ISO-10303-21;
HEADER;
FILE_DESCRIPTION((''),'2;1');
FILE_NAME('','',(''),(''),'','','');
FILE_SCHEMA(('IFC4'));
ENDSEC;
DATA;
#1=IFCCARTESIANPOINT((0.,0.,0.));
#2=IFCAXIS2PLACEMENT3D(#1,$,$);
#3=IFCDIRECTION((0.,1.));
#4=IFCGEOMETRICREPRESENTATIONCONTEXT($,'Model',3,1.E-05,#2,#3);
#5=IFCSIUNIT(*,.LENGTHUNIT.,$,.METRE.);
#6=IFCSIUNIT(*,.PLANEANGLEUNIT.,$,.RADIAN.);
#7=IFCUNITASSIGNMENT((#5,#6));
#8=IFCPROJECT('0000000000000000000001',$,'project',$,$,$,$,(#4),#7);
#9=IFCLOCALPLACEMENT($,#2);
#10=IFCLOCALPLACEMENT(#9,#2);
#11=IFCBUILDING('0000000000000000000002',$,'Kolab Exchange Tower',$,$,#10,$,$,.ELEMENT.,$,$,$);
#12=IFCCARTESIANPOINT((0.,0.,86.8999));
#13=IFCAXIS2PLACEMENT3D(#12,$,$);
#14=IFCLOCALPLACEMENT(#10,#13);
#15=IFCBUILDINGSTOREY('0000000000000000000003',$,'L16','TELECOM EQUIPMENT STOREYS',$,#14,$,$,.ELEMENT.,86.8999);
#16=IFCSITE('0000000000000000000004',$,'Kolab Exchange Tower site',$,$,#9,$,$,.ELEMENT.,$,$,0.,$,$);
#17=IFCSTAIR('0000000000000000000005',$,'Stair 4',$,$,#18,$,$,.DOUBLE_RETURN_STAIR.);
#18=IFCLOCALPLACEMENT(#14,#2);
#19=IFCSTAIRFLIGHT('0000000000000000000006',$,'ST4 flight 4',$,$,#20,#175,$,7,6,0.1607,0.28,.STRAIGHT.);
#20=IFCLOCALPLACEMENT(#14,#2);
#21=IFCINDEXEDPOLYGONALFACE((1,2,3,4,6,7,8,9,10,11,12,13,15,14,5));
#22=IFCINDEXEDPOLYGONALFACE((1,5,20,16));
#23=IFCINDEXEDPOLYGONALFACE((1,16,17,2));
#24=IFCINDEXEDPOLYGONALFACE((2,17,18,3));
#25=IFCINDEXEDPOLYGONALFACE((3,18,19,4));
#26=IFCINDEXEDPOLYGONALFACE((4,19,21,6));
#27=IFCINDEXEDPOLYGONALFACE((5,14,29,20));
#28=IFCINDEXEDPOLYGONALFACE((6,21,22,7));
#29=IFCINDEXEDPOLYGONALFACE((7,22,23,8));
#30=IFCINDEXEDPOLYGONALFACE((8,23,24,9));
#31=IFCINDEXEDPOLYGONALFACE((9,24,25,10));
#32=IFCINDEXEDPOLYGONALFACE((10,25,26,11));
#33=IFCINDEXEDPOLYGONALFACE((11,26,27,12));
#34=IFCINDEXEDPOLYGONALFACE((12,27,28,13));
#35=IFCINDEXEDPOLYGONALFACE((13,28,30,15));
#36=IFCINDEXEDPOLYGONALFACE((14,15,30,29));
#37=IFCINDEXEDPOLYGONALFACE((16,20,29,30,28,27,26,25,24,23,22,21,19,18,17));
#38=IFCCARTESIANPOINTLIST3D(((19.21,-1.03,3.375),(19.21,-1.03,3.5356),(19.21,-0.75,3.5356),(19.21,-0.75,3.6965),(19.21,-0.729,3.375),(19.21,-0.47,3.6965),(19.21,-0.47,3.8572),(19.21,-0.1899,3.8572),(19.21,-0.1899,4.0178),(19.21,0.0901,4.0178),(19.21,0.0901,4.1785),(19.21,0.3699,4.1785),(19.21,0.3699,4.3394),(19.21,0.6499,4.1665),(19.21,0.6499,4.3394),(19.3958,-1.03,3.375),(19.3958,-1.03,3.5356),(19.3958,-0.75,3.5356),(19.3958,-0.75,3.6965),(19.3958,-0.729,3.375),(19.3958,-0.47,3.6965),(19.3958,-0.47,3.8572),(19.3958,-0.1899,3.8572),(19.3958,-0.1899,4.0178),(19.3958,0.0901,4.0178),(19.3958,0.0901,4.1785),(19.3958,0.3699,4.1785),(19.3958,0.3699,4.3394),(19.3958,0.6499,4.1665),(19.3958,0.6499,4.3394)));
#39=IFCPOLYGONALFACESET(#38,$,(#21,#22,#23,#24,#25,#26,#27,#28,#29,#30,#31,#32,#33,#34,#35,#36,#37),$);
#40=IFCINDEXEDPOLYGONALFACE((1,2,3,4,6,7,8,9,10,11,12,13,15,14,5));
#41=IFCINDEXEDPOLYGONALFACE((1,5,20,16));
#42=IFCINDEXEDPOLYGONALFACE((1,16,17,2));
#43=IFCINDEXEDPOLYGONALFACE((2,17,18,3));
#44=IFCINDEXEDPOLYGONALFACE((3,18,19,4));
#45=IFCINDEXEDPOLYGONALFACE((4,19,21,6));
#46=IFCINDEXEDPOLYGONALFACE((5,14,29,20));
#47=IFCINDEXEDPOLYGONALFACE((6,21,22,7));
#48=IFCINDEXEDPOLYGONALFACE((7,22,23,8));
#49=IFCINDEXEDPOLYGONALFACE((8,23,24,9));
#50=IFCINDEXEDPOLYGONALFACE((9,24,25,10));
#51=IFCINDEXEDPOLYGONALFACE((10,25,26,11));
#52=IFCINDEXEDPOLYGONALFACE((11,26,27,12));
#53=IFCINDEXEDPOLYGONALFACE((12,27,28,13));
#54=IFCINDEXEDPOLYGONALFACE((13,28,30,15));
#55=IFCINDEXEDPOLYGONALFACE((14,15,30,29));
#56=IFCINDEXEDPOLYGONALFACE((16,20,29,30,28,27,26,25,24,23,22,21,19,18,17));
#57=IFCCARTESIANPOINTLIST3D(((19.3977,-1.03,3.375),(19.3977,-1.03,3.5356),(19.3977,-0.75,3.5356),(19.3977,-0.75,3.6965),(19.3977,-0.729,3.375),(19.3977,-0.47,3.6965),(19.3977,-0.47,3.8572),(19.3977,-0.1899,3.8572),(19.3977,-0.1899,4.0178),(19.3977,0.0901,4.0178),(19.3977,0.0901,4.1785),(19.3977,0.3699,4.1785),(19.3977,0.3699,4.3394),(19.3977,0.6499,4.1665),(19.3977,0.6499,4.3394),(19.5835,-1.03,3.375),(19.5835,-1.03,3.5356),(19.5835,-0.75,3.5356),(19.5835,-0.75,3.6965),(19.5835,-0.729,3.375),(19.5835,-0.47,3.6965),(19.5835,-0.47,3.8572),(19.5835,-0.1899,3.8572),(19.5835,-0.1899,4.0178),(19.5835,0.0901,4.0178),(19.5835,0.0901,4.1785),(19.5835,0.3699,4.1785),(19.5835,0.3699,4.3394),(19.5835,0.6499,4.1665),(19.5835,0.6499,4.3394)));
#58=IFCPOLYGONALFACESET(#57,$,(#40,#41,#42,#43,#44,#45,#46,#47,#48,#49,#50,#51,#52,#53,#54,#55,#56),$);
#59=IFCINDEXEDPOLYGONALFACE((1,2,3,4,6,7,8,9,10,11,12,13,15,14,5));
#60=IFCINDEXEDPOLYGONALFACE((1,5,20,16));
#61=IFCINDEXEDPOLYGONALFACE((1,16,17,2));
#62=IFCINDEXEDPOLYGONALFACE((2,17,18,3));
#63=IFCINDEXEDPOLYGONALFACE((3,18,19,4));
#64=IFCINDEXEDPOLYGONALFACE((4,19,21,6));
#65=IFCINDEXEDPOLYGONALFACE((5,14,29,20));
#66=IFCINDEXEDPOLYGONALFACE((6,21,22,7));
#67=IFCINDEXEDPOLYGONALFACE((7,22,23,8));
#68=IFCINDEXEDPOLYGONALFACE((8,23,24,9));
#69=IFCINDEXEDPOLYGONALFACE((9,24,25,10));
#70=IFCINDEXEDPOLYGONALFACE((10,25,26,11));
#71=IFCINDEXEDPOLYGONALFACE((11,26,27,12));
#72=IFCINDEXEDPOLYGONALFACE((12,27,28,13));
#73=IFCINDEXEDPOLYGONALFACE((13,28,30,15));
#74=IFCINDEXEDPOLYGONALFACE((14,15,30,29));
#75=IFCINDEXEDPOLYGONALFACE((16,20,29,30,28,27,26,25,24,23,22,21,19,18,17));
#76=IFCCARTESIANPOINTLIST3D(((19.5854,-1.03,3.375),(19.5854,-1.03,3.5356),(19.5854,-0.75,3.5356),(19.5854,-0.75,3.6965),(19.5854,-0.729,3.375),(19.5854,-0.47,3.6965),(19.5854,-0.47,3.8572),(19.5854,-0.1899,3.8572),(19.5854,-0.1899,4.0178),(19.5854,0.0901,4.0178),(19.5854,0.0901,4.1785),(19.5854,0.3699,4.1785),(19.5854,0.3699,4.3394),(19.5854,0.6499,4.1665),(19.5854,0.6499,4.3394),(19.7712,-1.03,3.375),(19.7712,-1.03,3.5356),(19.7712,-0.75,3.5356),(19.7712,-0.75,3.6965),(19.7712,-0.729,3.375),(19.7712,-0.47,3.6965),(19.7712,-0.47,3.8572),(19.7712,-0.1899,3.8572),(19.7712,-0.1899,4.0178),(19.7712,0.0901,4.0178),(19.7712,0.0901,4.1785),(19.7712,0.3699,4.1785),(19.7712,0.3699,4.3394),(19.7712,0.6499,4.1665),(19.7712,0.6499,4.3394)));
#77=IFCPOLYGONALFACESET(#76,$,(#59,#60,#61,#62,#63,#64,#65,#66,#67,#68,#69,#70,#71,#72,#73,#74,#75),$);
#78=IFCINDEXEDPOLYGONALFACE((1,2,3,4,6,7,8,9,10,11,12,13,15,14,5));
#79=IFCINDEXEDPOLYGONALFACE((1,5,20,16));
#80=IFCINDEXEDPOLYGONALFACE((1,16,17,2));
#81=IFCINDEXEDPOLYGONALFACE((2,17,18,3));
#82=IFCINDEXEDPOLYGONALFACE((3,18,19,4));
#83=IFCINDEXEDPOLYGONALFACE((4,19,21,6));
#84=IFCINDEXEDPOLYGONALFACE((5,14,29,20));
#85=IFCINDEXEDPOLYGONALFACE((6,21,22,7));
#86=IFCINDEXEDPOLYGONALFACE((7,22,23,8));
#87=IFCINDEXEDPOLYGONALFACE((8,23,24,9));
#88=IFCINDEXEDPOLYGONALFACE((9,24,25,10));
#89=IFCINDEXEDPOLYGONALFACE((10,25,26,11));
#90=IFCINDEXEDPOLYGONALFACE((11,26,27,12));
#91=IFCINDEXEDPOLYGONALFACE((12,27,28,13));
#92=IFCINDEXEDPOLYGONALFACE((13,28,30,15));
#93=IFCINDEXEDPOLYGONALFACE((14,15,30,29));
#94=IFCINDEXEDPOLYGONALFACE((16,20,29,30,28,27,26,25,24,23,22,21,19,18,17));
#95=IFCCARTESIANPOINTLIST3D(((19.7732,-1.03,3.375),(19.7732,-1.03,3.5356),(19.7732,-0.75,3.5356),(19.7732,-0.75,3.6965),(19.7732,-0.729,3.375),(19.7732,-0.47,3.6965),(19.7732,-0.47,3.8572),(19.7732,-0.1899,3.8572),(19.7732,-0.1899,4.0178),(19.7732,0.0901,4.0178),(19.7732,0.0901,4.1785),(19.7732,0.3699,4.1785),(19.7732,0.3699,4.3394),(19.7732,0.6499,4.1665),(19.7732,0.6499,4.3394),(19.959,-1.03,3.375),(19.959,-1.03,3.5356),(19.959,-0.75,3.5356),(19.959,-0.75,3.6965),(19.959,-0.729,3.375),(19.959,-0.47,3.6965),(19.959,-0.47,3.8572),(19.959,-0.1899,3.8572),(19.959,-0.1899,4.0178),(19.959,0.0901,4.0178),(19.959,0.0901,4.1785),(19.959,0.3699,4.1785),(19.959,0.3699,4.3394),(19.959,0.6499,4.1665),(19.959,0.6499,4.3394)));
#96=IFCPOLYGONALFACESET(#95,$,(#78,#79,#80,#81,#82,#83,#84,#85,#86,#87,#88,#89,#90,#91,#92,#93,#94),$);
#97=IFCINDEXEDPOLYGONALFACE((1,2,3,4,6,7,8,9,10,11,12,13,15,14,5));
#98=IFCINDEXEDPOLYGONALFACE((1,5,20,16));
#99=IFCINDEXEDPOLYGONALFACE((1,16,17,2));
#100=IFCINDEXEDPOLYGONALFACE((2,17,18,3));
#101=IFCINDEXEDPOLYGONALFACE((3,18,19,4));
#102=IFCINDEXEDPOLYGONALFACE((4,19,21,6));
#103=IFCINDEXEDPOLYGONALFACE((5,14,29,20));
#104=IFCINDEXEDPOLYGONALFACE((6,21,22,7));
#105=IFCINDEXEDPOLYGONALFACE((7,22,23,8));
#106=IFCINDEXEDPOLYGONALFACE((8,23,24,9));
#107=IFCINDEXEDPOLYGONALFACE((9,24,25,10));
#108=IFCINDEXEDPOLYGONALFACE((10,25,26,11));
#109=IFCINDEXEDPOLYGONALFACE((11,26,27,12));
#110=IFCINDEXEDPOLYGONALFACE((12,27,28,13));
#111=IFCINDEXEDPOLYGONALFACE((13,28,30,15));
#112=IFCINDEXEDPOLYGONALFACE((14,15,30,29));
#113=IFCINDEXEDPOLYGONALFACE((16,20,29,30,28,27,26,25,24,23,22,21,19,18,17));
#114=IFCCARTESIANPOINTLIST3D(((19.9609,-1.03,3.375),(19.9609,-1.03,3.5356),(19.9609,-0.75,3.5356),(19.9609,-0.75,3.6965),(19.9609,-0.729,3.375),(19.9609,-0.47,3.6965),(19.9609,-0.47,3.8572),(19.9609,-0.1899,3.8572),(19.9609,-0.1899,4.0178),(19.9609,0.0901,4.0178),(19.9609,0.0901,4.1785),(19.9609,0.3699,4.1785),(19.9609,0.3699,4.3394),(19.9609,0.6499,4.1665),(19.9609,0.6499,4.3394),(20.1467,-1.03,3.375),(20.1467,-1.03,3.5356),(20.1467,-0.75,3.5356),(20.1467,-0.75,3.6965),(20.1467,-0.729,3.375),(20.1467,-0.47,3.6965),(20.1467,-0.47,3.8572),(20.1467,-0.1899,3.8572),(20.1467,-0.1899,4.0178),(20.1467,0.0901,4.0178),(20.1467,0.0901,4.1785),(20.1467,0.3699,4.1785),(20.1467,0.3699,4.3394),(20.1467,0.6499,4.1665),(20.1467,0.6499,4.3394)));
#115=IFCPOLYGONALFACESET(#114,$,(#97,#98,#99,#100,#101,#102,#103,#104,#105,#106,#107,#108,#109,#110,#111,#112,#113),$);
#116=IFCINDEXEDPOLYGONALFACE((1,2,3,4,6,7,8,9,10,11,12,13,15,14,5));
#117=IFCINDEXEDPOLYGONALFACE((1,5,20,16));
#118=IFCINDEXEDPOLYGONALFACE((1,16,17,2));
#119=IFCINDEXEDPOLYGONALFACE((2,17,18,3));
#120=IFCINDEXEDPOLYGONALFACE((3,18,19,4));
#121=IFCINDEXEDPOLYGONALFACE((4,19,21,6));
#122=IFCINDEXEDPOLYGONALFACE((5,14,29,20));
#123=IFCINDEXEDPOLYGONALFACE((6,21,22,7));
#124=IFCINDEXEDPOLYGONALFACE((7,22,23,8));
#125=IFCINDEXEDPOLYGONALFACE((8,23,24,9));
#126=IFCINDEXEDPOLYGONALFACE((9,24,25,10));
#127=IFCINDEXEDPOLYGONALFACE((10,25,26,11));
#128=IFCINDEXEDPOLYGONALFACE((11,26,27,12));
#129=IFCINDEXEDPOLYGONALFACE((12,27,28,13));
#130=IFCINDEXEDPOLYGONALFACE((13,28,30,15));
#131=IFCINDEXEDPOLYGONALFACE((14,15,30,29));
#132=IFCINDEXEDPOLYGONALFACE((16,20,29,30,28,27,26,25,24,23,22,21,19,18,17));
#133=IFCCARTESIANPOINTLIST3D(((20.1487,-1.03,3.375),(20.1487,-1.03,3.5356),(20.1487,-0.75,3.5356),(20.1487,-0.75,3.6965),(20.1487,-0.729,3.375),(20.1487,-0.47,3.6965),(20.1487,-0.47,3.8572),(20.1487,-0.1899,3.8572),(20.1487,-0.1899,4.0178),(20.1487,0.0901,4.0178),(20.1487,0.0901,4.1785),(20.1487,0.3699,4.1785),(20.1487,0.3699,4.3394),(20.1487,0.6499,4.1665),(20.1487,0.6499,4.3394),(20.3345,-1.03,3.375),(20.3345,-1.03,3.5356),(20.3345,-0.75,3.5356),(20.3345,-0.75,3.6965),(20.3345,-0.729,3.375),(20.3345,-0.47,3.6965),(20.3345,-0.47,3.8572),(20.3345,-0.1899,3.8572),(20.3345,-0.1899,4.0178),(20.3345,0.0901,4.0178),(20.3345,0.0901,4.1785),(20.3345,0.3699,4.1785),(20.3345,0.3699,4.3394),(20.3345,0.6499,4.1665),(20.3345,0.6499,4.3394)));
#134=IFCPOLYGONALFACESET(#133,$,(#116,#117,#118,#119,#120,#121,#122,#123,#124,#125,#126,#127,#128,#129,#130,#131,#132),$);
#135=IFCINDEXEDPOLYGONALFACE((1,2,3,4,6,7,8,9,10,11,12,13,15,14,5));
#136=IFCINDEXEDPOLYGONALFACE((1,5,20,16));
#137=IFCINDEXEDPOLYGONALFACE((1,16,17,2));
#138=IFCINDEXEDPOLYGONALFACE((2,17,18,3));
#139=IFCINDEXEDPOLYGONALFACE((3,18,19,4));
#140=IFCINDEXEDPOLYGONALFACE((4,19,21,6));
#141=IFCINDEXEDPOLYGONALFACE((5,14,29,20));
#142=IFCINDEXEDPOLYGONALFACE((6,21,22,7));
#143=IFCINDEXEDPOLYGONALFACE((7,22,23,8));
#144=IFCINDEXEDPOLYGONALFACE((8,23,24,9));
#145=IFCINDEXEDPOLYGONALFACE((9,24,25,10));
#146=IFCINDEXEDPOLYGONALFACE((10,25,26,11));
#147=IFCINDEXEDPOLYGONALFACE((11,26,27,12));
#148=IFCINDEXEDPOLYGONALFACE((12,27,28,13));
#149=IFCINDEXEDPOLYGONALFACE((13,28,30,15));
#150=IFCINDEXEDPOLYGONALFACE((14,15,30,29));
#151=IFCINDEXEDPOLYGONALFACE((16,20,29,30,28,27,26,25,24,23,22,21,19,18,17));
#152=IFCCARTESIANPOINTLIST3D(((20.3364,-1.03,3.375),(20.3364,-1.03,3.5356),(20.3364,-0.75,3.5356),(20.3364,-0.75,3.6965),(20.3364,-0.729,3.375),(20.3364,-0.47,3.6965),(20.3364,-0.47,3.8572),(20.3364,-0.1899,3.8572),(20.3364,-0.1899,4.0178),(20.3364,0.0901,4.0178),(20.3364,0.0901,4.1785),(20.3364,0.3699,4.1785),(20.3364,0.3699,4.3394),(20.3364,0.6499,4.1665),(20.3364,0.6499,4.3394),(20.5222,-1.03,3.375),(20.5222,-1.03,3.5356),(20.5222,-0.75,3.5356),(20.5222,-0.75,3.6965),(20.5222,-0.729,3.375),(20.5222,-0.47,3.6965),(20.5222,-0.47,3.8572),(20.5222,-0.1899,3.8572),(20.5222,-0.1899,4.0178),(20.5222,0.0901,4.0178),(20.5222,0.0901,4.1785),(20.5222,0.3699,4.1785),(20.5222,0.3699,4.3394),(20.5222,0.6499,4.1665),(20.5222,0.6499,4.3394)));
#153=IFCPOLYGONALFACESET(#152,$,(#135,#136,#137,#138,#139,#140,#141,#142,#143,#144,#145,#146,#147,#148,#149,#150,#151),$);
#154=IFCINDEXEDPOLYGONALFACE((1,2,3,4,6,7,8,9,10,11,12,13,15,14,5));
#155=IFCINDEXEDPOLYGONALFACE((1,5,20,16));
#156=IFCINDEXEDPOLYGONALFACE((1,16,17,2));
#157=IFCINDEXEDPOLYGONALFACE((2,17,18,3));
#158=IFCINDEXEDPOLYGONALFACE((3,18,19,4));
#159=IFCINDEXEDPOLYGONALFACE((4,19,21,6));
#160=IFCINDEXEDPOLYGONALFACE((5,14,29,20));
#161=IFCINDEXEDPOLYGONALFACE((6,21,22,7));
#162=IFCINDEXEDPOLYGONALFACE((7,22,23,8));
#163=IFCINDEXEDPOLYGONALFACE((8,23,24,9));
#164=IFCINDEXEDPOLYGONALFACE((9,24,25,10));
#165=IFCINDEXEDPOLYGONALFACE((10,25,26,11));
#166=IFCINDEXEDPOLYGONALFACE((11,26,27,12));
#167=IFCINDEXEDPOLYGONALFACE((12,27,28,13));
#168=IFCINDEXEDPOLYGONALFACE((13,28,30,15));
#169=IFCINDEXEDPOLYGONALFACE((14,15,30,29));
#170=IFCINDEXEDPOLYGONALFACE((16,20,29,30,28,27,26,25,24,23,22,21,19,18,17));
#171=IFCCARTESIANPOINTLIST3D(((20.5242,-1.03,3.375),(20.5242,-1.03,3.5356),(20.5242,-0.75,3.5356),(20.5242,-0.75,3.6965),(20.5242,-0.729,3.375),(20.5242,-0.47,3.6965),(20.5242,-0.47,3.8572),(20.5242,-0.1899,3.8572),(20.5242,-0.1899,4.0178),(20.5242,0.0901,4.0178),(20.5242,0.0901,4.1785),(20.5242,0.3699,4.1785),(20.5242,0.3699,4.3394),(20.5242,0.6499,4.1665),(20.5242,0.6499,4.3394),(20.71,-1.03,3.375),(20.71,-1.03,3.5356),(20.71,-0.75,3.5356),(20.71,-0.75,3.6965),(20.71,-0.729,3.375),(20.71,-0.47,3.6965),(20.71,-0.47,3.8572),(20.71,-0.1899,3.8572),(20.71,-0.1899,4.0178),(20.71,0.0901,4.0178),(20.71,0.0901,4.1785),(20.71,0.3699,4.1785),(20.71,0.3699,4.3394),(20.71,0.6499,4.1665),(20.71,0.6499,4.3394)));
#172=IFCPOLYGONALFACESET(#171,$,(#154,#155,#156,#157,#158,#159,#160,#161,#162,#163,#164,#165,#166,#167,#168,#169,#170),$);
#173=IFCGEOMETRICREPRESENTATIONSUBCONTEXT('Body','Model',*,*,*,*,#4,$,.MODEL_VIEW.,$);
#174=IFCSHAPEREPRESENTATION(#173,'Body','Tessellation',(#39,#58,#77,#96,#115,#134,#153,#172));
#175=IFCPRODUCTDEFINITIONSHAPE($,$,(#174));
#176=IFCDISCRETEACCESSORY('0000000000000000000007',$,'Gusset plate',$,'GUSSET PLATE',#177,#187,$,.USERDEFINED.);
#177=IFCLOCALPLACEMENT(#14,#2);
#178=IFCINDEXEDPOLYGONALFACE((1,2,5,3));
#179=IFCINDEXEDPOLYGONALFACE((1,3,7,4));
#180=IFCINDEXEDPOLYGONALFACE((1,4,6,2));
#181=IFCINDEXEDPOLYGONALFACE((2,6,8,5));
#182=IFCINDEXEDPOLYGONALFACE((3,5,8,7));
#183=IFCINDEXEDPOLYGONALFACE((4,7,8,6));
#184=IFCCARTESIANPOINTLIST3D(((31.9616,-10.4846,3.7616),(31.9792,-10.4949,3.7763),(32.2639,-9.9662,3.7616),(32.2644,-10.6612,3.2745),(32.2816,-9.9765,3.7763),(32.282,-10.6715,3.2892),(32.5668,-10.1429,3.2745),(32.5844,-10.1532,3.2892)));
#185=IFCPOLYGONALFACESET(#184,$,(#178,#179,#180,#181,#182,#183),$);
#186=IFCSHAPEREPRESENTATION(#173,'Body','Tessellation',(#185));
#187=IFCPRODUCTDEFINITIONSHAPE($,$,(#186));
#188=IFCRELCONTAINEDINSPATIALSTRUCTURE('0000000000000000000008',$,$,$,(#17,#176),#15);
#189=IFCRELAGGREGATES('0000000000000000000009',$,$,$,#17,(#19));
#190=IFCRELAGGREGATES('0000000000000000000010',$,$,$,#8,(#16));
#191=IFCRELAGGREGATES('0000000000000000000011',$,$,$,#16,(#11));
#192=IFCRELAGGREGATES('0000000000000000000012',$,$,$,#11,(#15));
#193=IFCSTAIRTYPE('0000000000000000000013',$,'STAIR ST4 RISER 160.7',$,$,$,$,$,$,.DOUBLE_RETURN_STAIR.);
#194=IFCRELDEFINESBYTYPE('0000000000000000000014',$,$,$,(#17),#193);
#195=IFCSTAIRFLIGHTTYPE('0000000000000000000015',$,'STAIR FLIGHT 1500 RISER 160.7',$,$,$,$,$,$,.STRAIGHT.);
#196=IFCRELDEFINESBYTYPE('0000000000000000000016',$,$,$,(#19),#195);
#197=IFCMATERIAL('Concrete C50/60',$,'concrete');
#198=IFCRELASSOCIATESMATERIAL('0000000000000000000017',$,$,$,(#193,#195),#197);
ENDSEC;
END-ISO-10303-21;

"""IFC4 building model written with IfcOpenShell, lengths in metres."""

from ifc_helpers import new_model, si_unit, direction, frame, origin, origin_2d, place, context, subcontext, project, spatial, polyline, rectangle, outline, extrude, material, type_object, element, aggregate, save


model = new_model("IFC4")

# Units and contexts
model_context = context("Model", 3, precision=1e-05, world=origin(), true_north=direction((0.0, 1.0)))
body_context = subcontext(model_context, "Body", "Model", "MODEL_VIEW")
ifc_project = project(units=[si_unit("LENGTHUNIT", "METRE"), si_unit("PLANEANGLEUNIT", "RADIAN")], contexts=[model_context])

# Site, building, storey
site_placement = place(None, origin())
site = spatial("IfcSite", under=ifc_project, at=site_placement, Name="Kolab Exchange Tower site", CompositionType="ELEMENT", RefElevation=0.0)
building_placement = place(site_placement, origin())
building = spatial("IfcBuilding", under=site, at=building_placement, Name="Kolab Exchange Tower", CompositionType="ELEMENT")
storey_placement = place(building_placement, frame((0.0, 0.0, 86.8999)))
storey = spatial("IfcBuildingStorey", under=building, at=storey_placement, Name="L16", Description="TELECOM EQUIPMENT STOREYS", CompositionType="ELEMENT", Elevation=86.8999)

# Shared definitions
ifc_material_1 = material(Name="Concrete C50/60", Category="concrete")

# Stair, stair flight
stair_type = type_object("IfcStairType", Name="STAIR ST4 RISER 160.7", PredefinedType="DOUBLE_RETURN_STAIR", material=ifc_material_1)
stair_placement = place(storey_placement, origin())
stair = element("IfcStair", 1, at=stair_placement, inside=storey, type_object=stair_type, Name="Stair 4", PredefinedType="DOUBLE_RETURN_STAIR")
stair_flight_type = type_object("IfcStairFlightType", Name="STAIR FLIGHT 1500 RISER 160.7", PredefinedType="STRAIGHT", material=ifc_material_1)
stair_flight_1_placement = place(storey_placement, frame((19.96, -1.03, 3.375), z_axis=(0.0, 0.0, 1.0), x_axis=(0.0, 1.0, 0.0)))
stair_flight_1 = element("IfcStairFlight", 2, at=stair_flight_1_placement, type_object=stair_flight_type, Name="ST4 flight 4", NumberOfRisers=7, NumberOfTreads=6, PredefinedType="STRAIGHT", RiserHeight=0.1607, TreadLength=0.28, context=body_context, shape_type="SweptSolid", body=[
    extrude(outline(polyline([(0.0, 0.0), (0.0, 0.1606), (0.28, 0.1606), (0.28, 0.3215), (0.5601, 0.3215), (0.5601, 0.4822), (0.8401, 0.4822), (0.8401, 0.6428), (1.1201, 0.6428), (1.1201, 0.8035), (1.3999, 0.8035), (1.3999, 0.9644), (1.6799, 0.9644), (1.6799, 1.125), (1.6799, 0.7915), (0.301, 0.0), (0.0, 0.0)])), frame((0.0, 0.75, 0.0), z_axis=(0.0, -1.0, 0.0), x_axis=(1.0, 0.0, 0.0)), (0.0, 0.0, 1.0), 0.1858),
    extrude(outline(polyline([(0.0, 0.0), (0.0, 0.1606), (0.28, 0.1606), (0.28, 0.3215), (0.5601, 0.3215), (0.5601, 0.4822), (0.8401, 0.4822), (0.8401, 0.6428), (1.1201, 0.6428), (1.1201, 0.8035), (1.3999, 0.8035), (1.3999, 0.9644), (1.6799, 0.9644), (1.6799, 1.125), (1.6799, 0.7915), (0.301, 0.0), (0.0, 0.0)])), frame((0.0, 0.5623, 0.0), z_axis=(0.0, -1.0, 0.0), x_axis=(1.0, 0.0, 0.0)), (0.0, 0.0, 1.0), 0.1858),
    extrude(outline(polyline([(0.0, 0.0), (0.0, 0.1606), (0.28, 0.1606), (0.28, 0.3215), (0.5601, 0.3215), (0.5601, 0.4822), (0.8401, 0.4822), (0.8401, 0.6428), (1.1201, 0.6428), (1.1201, 0.8035), (1.3999, 0.8035), (1.3999, 0.9644), (1.6799, 0.9644), (1.6799, 1.125), (1.6799, 0.7915), (0.301, 0.0), (0.0, 0.0)])), frame((0.0, 0.3745, 0.0), z_axis=(0.0, -1.0, 0.0), x_axis=(1.0, 0.0, 0.0)), (0.0, 0.0, 1.0), 0.1858),
    extrude(outline(polyline([(0.0, 0.0), (0.0, 0.1606), (0.28, 0.1606), (0.28, 0.3215), (0.5601, 0.3215), (0.5601, 0.4822), (0.8401, 0.4822), (0.8401, 0.6428), (1.1201, 0.6428), (1.1201, 0.8035), (1.3999, 0.8035), (1.3999, 0.9644), (1.6799, 0.9644), (1.6799, 1.125), (1.6799, 0.7915), (0.301, 0.0), (0.0, 0.0)])), frame((0.0, 0.1868, 0.0), z_axis=(0.0, -1.0, 0.0), x_axis=(1.0, 0.0, 0.0)), (0.0, 0.0, 1.0), 0.1858),
    extrude(outline(polyline([(0.0, 0.0), (0.0, 0.1606), (0.28, 0.1606), (0.28, 0.3215), (0.5601, 0.3215), (0.5601, 0.4822), (0.8401, 0.4822), (0.8401, 0.6428), (1.1201, 0.6428), (1.1201, 0.8035), (1.3999, 0.8035), (1.3999, 0.9644), (1.6799, 0.9644), (1.6799, 1.125), (1.6799, 0.7915), (0.301, 0.0), (0.0, 0.0)])), frame((0.0, -0.001, 0.0), z_axis=(0.0, -1.0, 0.0), x_axis=(1.0, 0.0, 0.0)), (0.0, 0.0, 1.0), 0.1858),
    extrude(outline(polyline([(0.0, 0.0), (0.0, 0.1606), (0.28, 0.1606), (0.28, 0.3215), (0.5601, 0.3215), (0.5601, 0.4822), (0.8401, 0.4822), (0.8401, 0.6428), (1.1201, 0.6428), (1.1201, 0.8035), (1.3999, 0.8035), (1.3999, 0.9644), (1.6799, 0.9644), (1.6799, 1.125), (1.6799, 0.7915), (0.301, 0.0), (0.0, 0.0)])), frame((0.0, -0.1887, 0.0), z_axis=(0.0, -1.0, 0.0), x_axis=(1.0, 0.0, 0.0)), (0.0, 0.0, 1.0), 0.1858),
    extrude(outline(polyline([(0.0, 0.0), (0.0, 0.1606), (0.28, 0.1606), (0.28, 0.3215), (0.5601, 0.3215), (0.5601, 0.4822), (0.8401, 0.4822), (0.8401, 0.6428), (1.1201, 0.6428), (1.1201, 0.8035), (1.3999, 0.8035), (1.3999, 0.9644), (1.6799, 0.9644), (1.6799, 1.125), (1.6799, 0.7915), (0.301, 0.0), (0.0, 0.0)])), frame((0.0, -0.3765, 0.0), z_axis=(0.0, -1.0, 0.0), x_axis=(1.0, 0.0, 0.0)), (0.0, 0.0, 1.0), 0.1858),
    extrude(outline(polyline([(0.0, 0.0), (0.0, 0.1606), (0.28, 0.1606), (0.28, 0.3215), (0.5601, 0.3215), (0.5601, 0.4822), (0.8401, 0.4822), (0.8401, 0.6428), (1.1201, 0.6428), (1.1201, 0.8035), (1.3999, 0.8035), (1.3999, 0.9644), (1.6799, 0.9644), (1.6799, 1.125), (1.6799, 0.7915), (0.301, 0.0), (0.0, 0.0)])), frame((0.0, -0.5642, 0.0), z_axis=(0.0, -1.0, 0.0), x_axis=(1.0, 0.0, 0.0)), (0.0, 0.0, 1.0), 0.1858),
])
aggregate(stair, [stair_flight_1])

# Discrete accessory
discrete_accessory_placement = place(storey_placement, frame((32.2642, -10.3137, 3.5181), z_axis=(0.701047, -0.408944, 0.584206), x_axis=(0.503871, 0.863779, 0.0)))
element("IfcDiscreteAccessory", 3, at=discrete_accessory_placement, inside=storey, Name="Gusset plate", ObjectType="GUSSET PLATE", PredefinedType="USERDEFINED", context=body_context, shape_type="SweptSolid", body=[
    extrude(rectangle(XDim=0.6001, YDim=0.6001, at=origin_2d()), origin(), (0.0, 0.0, 1.0), 0.0251),
])

save(model, "model.ifc")
